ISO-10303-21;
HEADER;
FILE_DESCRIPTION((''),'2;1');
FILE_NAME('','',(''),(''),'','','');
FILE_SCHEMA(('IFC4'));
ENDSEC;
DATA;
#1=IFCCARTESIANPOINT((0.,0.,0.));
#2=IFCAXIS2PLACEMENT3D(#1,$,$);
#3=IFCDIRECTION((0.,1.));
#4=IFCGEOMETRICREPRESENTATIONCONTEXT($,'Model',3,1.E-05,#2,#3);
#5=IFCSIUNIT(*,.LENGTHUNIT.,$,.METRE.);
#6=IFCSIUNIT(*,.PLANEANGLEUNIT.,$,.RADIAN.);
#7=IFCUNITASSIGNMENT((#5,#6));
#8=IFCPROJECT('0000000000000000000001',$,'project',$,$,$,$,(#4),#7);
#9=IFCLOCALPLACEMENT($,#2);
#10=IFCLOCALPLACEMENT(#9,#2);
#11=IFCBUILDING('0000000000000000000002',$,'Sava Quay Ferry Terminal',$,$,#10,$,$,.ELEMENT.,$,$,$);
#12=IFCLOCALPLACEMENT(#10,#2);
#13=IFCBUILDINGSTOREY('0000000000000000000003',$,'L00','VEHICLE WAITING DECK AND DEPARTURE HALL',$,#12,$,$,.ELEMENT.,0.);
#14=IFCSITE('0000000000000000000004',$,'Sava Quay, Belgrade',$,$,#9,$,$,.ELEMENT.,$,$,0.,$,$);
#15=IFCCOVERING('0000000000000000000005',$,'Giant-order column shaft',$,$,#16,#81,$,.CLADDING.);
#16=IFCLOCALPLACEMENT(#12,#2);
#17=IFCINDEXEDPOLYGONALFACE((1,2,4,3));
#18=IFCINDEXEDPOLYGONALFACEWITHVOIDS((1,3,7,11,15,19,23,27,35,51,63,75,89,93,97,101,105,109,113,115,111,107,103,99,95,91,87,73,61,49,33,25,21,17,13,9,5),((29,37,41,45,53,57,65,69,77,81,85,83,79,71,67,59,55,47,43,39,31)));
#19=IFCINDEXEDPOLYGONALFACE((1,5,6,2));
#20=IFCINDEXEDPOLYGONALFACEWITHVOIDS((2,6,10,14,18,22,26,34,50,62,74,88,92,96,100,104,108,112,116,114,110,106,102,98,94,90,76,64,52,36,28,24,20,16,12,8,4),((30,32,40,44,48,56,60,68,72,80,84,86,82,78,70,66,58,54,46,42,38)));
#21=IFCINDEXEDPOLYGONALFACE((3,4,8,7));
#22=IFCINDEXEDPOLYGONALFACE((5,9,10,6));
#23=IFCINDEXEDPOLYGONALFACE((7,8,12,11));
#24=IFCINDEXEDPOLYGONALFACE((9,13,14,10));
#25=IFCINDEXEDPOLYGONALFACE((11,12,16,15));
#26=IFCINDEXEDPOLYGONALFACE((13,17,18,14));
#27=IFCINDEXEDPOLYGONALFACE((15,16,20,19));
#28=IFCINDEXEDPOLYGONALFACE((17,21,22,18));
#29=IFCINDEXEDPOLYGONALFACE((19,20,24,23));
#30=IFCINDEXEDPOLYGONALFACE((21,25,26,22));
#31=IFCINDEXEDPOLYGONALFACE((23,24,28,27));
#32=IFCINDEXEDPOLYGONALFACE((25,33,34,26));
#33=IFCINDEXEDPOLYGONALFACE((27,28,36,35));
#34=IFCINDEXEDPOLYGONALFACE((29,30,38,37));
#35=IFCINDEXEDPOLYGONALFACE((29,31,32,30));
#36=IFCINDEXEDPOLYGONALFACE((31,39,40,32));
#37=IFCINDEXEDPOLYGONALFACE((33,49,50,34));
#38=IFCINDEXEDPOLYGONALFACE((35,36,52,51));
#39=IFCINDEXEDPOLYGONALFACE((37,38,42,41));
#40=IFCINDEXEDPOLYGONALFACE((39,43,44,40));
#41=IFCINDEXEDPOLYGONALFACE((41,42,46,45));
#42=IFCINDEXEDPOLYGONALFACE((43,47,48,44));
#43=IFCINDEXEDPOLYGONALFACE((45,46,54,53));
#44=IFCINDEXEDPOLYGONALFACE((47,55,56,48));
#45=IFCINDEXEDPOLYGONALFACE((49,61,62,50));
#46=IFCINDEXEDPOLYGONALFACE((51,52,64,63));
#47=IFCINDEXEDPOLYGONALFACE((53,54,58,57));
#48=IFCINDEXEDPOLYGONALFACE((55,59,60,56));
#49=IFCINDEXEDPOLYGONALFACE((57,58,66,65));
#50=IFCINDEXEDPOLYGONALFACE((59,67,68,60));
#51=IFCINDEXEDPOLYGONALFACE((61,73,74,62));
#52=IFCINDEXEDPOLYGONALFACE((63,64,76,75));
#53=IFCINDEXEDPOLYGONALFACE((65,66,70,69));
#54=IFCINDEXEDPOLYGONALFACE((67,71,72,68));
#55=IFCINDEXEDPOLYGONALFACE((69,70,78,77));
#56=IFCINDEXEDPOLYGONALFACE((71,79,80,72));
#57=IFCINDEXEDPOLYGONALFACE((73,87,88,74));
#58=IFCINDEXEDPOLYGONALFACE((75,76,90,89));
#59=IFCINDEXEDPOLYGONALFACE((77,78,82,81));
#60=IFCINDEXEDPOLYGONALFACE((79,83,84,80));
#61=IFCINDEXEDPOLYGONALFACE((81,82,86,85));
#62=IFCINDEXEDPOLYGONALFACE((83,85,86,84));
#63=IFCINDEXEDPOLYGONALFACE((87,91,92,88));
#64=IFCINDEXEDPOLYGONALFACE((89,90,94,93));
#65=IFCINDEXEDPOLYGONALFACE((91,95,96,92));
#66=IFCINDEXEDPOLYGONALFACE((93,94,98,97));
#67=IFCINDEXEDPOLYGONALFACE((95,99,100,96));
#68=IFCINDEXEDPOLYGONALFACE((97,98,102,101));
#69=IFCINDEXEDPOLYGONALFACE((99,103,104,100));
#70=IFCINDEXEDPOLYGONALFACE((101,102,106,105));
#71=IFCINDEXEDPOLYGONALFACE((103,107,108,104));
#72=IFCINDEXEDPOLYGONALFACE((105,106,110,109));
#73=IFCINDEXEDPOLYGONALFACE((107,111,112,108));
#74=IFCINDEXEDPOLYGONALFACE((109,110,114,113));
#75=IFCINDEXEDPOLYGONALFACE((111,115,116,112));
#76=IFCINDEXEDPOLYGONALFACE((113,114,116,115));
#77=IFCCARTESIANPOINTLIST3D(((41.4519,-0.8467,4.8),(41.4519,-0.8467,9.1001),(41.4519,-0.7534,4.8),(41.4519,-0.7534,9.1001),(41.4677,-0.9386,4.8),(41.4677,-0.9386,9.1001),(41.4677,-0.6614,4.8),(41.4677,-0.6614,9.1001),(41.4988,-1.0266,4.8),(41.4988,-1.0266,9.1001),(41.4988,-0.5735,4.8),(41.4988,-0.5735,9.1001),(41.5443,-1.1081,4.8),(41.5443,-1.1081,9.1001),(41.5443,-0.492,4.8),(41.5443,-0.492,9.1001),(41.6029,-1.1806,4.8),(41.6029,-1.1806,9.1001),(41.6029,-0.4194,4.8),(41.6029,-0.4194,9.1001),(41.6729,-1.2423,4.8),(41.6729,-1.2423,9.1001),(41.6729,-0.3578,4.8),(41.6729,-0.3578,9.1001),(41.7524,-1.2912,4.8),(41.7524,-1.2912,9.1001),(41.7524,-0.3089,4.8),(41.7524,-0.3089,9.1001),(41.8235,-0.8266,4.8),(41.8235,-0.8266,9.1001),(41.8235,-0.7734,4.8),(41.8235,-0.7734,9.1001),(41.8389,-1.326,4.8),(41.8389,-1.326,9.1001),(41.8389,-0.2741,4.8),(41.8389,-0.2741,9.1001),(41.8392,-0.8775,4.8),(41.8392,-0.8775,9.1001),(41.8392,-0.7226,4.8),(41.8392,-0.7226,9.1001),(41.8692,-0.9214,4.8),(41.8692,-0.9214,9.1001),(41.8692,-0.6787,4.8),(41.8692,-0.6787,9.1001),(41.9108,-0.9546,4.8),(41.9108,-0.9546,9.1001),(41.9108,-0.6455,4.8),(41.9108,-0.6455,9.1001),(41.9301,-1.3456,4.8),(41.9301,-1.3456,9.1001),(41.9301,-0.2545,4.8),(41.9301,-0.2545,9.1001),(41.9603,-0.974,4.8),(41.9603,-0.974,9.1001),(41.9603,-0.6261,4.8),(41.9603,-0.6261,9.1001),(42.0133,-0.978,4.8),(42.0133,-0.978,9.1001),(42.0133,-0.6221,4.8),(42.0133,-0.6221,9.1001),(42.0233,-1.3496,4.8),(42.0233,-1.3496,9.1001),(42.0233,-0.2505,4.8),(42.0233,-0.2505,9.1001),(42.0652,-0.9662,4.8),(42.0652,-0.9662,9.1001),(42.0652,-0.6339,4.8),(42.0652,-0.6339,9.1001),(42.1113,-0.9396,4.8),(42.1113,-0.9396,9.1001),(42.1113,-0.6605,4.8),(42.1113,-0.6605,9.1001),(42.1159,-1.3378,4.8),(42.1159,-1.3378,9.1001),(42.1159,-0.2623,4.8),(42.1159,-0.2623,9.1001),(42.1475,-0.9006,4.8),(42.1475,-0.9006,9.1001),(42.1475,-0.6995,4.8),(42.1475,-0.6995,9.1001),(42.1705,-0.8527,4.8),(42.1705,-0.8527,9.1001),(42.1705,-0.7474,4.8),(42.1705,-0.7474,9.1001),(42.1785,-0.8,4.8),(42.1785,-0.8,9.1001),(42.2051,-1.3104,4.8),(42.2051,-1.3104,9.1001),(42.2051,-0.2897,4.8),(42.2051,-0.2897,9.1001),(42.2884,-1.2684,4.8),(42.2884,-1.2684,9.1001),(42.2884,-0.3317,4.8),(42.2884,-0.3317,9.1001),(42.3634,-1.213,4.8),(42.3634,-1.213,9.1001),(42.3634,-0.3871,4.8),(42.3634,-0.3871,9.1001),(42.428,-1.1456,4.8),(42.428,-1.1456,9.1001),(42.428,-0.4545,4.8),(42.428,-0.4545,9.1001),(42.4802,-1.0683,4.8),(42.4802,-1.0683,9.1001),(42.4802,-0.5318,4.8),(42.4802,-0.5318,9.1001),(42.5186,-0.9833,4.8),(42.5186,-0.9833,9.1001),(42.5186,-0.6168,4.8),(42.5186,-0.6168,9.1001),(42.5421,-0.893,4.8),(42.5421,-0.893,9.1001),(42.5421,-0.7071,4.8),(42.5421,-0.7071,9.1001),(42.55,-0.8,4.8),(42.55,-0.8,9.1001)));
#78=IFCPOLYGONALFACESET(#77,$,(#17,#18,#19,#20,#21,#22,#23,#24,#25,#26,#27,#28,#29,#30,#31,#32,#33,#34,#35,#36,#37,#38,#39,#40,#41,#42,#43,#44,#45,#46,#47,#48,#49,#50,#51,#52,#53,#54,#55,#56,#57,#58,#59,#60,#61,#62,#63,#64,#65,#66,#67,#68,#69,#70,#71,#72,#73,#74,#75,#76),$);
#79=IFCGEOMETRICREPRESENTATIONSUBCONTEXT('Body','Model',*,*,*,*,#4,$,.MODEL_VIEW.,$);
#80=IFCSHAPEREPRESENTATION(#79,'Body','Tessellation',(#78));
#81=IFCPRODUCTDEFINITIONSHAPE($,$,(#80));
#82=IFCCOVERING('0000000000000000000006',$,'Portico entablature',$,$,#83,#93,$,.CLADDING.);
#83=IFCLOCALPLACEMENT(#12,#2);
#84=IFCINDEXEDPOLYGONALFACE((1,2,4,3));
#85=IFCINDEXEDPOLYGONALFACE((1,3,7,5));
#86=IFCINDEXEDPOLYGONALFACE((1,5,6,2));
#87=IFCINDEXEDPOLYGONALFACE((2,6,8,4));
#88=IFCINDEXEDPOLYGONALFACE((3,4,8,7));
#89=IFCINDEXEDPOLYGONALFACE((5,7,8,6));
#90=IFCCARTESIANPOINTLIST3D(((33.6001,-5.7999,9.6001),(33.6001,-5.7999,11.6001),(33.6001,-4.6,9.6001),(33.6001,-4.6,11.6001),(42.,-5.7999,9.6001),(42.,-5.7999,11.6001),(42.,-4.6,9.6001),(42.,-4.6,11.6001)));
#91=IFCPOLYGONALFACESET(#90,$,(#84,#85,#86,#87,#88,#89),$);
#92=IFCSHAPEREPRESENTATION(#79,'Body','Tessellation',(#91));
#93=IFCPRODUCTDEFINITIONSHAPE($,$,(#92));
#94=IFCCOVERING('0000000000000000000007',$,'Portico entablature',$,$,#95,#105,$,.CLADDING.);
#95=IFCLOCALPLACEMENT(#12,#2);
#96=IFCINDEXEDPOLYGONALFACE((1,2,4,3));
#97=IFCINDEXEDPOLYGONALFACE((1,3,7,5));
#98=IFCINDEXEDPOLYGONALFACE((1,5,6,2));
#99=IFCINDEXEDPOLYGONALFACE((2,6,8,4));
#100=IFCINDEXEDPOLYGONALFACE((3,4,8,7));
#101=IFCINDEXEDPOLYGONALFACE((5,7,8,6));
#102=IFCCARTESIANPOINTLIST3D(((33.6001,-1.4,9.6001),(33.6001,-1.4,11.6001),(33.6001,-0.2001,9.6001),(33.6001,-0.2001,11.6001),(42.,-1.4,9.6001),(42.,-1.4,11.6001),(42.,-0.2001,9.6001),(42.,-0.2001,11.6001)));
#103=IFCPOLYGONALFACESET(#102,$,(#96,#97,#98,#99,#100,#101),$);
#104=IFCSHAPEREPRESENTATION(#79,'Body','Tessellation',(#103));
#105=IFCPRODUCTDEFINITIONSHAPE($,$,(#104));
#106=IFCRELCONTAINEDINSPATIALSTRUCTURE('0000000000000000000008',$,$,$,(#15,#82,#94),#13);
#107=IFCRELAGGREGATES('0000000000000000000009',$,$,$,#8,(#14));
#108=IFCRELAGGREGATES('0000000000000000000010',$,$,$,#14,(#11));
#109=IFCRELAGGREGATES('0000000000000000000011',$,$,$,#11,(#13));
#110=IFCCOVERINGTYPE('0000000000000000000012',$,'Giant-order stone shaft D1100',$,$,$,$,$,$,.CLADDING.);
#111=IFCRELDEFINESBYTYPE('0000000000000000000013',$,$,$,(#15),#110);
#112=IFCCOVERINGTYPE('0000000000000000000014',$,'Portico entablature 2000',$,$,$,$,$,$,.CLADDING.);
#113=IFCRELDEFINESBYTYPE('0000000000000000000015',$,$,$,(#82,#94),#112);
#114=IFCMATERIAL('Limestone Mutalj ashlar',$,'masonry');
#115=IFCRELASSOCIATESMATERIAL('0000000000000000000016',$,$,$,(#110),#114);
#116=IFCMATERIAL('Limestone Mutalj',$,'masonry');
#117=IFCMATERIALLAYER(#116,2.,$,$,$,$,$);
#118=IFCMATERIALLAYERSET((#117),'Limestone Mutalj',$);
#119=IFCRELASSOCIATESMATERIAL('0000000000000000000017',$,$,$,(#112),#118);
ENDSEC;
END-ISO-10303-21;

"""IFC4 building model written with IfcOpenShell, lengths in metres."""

from ifc_helpers import new_model, si_unit, direction, frame, origin, origin_2d, place, context, subcontext, project, spatial, rectangle, hollow_circle, extrude, material, layer, layer_set, material_profile, profile_set, type_object, element, save


model = new_model("IFC4")

# Units and contexts
model_context = context("Model", 3, precision=1e-05, world=origin(), true_north=direction((0.0, 1.0)))
body_context = subcontext(model_context, "Body", "Model", "MODEL_VIEW")
ifc_project = project(units=[si_unit("LENGTHUNIT", "METRE"), si_unit("PLANEANGLEUNIT", "RADIAN")], contexts=[model_context])

# Site, building, storey
site_placement = place(None, origin())
site = spatial("IfcSite", under=ifc_project, at=site_placement, Name="Sava Quay, Belgrade", CompositionType="ELEMENT", RefElevation=0.0)
building_placement = place(site_placement, origin())
building = spatial("IfcBuilding", under=site, at=building_placement, Name="Sava Quay Ferry Terminal", CompositionType="ELEMENT")
storey_placement = place(building_placement, origin())
storey = spatial("IfcBuildingStorey", under=building, at=storey_placement, Name="L00", Description="VEHICLE WAITING DECK AND DEPARTURE HALL", CompositionType="ELEMENT", Elevation=0.0)

# Coverings
ifc_material_1 = material(Name="Limestone Mutalj ashlar", Category="masonry")
ifc_material_profile_1 = material_profile(ifc_material_1, hollow_circle(Radius=0.55, WallThickness=0.3716, at=origin_2d()), Name="Stone shaft D1100")
ifc_profile_set_1 = profile_set([ifc_material_profile_1], Name="Limestone Mutalj ashlar")
covering_type_1 = type_object("IfcCoveringType", Name="Giant-order stone shaft D1100", PredefinedType="CLADDING", material=ifc_profile_set_1)
covering_1_placement = place(storey_placement, frame((42.0, -0.8, 4.8), z_axis=(0.0, 0.0, 1.0), x_axis=(1.0, 0.0, 0.0)))
element("IfcCovering", 1, at=covering_1_placement, inside=storey, type_object=covering_type_1, Name="Giant-order column shaft", PredefinedType="CLADDING", context=body_context, shape_type="SweptSolid", body=[
    extrude(hollow_circle(Radius=0.55, WallThickness=0.3716, at=origin_2d()), origin(), (0.0, 0.0, 1.0), 4.3),
])
ifc_material_2 = material(Name="Limestone Mutalj", Category="masonry")
ifc_layer_1 = layer(ifc_material_2, 2.0)
ifc_layer_set_1 = layer_set([ifc_layer_1], Name="Limestone Mutalj")
covering_type_2 = type_object("IfcCoveringType", Name="Portico entablature 2000", PredefinedType="CLADDING", material=ifc_layer_set_1)
for number, where, z_axis, x_axis, name in (
    (2, (37.8, -5.2, 9.6001), (0.0, 0.0, 1.0), (1.0, 0.0, 0.0), "Portico entablature"),
    (3, (37.8, -0.8, 9.6001), (0.0, 0.0, 1.0), (1.0, 0.0, 0.0), "Portico entablature"),
):
    element("IfcCovering", number, at=place(storey_placement, frame(where, z_axis=z_axis, x_axis=x_axis)), inside=storey, type_object=covering_type_2, Name=name, PredefinedType="CLADDING", context=body_context, shape_type="SweptSolid", body=[
        extrude(rectangle(XDim=8.3999, YDim=1.2, at=origin_2d()), origin(), (0.0, 0.0, 1.0), 2.0),
    ])

save(model, "model.ifc")
